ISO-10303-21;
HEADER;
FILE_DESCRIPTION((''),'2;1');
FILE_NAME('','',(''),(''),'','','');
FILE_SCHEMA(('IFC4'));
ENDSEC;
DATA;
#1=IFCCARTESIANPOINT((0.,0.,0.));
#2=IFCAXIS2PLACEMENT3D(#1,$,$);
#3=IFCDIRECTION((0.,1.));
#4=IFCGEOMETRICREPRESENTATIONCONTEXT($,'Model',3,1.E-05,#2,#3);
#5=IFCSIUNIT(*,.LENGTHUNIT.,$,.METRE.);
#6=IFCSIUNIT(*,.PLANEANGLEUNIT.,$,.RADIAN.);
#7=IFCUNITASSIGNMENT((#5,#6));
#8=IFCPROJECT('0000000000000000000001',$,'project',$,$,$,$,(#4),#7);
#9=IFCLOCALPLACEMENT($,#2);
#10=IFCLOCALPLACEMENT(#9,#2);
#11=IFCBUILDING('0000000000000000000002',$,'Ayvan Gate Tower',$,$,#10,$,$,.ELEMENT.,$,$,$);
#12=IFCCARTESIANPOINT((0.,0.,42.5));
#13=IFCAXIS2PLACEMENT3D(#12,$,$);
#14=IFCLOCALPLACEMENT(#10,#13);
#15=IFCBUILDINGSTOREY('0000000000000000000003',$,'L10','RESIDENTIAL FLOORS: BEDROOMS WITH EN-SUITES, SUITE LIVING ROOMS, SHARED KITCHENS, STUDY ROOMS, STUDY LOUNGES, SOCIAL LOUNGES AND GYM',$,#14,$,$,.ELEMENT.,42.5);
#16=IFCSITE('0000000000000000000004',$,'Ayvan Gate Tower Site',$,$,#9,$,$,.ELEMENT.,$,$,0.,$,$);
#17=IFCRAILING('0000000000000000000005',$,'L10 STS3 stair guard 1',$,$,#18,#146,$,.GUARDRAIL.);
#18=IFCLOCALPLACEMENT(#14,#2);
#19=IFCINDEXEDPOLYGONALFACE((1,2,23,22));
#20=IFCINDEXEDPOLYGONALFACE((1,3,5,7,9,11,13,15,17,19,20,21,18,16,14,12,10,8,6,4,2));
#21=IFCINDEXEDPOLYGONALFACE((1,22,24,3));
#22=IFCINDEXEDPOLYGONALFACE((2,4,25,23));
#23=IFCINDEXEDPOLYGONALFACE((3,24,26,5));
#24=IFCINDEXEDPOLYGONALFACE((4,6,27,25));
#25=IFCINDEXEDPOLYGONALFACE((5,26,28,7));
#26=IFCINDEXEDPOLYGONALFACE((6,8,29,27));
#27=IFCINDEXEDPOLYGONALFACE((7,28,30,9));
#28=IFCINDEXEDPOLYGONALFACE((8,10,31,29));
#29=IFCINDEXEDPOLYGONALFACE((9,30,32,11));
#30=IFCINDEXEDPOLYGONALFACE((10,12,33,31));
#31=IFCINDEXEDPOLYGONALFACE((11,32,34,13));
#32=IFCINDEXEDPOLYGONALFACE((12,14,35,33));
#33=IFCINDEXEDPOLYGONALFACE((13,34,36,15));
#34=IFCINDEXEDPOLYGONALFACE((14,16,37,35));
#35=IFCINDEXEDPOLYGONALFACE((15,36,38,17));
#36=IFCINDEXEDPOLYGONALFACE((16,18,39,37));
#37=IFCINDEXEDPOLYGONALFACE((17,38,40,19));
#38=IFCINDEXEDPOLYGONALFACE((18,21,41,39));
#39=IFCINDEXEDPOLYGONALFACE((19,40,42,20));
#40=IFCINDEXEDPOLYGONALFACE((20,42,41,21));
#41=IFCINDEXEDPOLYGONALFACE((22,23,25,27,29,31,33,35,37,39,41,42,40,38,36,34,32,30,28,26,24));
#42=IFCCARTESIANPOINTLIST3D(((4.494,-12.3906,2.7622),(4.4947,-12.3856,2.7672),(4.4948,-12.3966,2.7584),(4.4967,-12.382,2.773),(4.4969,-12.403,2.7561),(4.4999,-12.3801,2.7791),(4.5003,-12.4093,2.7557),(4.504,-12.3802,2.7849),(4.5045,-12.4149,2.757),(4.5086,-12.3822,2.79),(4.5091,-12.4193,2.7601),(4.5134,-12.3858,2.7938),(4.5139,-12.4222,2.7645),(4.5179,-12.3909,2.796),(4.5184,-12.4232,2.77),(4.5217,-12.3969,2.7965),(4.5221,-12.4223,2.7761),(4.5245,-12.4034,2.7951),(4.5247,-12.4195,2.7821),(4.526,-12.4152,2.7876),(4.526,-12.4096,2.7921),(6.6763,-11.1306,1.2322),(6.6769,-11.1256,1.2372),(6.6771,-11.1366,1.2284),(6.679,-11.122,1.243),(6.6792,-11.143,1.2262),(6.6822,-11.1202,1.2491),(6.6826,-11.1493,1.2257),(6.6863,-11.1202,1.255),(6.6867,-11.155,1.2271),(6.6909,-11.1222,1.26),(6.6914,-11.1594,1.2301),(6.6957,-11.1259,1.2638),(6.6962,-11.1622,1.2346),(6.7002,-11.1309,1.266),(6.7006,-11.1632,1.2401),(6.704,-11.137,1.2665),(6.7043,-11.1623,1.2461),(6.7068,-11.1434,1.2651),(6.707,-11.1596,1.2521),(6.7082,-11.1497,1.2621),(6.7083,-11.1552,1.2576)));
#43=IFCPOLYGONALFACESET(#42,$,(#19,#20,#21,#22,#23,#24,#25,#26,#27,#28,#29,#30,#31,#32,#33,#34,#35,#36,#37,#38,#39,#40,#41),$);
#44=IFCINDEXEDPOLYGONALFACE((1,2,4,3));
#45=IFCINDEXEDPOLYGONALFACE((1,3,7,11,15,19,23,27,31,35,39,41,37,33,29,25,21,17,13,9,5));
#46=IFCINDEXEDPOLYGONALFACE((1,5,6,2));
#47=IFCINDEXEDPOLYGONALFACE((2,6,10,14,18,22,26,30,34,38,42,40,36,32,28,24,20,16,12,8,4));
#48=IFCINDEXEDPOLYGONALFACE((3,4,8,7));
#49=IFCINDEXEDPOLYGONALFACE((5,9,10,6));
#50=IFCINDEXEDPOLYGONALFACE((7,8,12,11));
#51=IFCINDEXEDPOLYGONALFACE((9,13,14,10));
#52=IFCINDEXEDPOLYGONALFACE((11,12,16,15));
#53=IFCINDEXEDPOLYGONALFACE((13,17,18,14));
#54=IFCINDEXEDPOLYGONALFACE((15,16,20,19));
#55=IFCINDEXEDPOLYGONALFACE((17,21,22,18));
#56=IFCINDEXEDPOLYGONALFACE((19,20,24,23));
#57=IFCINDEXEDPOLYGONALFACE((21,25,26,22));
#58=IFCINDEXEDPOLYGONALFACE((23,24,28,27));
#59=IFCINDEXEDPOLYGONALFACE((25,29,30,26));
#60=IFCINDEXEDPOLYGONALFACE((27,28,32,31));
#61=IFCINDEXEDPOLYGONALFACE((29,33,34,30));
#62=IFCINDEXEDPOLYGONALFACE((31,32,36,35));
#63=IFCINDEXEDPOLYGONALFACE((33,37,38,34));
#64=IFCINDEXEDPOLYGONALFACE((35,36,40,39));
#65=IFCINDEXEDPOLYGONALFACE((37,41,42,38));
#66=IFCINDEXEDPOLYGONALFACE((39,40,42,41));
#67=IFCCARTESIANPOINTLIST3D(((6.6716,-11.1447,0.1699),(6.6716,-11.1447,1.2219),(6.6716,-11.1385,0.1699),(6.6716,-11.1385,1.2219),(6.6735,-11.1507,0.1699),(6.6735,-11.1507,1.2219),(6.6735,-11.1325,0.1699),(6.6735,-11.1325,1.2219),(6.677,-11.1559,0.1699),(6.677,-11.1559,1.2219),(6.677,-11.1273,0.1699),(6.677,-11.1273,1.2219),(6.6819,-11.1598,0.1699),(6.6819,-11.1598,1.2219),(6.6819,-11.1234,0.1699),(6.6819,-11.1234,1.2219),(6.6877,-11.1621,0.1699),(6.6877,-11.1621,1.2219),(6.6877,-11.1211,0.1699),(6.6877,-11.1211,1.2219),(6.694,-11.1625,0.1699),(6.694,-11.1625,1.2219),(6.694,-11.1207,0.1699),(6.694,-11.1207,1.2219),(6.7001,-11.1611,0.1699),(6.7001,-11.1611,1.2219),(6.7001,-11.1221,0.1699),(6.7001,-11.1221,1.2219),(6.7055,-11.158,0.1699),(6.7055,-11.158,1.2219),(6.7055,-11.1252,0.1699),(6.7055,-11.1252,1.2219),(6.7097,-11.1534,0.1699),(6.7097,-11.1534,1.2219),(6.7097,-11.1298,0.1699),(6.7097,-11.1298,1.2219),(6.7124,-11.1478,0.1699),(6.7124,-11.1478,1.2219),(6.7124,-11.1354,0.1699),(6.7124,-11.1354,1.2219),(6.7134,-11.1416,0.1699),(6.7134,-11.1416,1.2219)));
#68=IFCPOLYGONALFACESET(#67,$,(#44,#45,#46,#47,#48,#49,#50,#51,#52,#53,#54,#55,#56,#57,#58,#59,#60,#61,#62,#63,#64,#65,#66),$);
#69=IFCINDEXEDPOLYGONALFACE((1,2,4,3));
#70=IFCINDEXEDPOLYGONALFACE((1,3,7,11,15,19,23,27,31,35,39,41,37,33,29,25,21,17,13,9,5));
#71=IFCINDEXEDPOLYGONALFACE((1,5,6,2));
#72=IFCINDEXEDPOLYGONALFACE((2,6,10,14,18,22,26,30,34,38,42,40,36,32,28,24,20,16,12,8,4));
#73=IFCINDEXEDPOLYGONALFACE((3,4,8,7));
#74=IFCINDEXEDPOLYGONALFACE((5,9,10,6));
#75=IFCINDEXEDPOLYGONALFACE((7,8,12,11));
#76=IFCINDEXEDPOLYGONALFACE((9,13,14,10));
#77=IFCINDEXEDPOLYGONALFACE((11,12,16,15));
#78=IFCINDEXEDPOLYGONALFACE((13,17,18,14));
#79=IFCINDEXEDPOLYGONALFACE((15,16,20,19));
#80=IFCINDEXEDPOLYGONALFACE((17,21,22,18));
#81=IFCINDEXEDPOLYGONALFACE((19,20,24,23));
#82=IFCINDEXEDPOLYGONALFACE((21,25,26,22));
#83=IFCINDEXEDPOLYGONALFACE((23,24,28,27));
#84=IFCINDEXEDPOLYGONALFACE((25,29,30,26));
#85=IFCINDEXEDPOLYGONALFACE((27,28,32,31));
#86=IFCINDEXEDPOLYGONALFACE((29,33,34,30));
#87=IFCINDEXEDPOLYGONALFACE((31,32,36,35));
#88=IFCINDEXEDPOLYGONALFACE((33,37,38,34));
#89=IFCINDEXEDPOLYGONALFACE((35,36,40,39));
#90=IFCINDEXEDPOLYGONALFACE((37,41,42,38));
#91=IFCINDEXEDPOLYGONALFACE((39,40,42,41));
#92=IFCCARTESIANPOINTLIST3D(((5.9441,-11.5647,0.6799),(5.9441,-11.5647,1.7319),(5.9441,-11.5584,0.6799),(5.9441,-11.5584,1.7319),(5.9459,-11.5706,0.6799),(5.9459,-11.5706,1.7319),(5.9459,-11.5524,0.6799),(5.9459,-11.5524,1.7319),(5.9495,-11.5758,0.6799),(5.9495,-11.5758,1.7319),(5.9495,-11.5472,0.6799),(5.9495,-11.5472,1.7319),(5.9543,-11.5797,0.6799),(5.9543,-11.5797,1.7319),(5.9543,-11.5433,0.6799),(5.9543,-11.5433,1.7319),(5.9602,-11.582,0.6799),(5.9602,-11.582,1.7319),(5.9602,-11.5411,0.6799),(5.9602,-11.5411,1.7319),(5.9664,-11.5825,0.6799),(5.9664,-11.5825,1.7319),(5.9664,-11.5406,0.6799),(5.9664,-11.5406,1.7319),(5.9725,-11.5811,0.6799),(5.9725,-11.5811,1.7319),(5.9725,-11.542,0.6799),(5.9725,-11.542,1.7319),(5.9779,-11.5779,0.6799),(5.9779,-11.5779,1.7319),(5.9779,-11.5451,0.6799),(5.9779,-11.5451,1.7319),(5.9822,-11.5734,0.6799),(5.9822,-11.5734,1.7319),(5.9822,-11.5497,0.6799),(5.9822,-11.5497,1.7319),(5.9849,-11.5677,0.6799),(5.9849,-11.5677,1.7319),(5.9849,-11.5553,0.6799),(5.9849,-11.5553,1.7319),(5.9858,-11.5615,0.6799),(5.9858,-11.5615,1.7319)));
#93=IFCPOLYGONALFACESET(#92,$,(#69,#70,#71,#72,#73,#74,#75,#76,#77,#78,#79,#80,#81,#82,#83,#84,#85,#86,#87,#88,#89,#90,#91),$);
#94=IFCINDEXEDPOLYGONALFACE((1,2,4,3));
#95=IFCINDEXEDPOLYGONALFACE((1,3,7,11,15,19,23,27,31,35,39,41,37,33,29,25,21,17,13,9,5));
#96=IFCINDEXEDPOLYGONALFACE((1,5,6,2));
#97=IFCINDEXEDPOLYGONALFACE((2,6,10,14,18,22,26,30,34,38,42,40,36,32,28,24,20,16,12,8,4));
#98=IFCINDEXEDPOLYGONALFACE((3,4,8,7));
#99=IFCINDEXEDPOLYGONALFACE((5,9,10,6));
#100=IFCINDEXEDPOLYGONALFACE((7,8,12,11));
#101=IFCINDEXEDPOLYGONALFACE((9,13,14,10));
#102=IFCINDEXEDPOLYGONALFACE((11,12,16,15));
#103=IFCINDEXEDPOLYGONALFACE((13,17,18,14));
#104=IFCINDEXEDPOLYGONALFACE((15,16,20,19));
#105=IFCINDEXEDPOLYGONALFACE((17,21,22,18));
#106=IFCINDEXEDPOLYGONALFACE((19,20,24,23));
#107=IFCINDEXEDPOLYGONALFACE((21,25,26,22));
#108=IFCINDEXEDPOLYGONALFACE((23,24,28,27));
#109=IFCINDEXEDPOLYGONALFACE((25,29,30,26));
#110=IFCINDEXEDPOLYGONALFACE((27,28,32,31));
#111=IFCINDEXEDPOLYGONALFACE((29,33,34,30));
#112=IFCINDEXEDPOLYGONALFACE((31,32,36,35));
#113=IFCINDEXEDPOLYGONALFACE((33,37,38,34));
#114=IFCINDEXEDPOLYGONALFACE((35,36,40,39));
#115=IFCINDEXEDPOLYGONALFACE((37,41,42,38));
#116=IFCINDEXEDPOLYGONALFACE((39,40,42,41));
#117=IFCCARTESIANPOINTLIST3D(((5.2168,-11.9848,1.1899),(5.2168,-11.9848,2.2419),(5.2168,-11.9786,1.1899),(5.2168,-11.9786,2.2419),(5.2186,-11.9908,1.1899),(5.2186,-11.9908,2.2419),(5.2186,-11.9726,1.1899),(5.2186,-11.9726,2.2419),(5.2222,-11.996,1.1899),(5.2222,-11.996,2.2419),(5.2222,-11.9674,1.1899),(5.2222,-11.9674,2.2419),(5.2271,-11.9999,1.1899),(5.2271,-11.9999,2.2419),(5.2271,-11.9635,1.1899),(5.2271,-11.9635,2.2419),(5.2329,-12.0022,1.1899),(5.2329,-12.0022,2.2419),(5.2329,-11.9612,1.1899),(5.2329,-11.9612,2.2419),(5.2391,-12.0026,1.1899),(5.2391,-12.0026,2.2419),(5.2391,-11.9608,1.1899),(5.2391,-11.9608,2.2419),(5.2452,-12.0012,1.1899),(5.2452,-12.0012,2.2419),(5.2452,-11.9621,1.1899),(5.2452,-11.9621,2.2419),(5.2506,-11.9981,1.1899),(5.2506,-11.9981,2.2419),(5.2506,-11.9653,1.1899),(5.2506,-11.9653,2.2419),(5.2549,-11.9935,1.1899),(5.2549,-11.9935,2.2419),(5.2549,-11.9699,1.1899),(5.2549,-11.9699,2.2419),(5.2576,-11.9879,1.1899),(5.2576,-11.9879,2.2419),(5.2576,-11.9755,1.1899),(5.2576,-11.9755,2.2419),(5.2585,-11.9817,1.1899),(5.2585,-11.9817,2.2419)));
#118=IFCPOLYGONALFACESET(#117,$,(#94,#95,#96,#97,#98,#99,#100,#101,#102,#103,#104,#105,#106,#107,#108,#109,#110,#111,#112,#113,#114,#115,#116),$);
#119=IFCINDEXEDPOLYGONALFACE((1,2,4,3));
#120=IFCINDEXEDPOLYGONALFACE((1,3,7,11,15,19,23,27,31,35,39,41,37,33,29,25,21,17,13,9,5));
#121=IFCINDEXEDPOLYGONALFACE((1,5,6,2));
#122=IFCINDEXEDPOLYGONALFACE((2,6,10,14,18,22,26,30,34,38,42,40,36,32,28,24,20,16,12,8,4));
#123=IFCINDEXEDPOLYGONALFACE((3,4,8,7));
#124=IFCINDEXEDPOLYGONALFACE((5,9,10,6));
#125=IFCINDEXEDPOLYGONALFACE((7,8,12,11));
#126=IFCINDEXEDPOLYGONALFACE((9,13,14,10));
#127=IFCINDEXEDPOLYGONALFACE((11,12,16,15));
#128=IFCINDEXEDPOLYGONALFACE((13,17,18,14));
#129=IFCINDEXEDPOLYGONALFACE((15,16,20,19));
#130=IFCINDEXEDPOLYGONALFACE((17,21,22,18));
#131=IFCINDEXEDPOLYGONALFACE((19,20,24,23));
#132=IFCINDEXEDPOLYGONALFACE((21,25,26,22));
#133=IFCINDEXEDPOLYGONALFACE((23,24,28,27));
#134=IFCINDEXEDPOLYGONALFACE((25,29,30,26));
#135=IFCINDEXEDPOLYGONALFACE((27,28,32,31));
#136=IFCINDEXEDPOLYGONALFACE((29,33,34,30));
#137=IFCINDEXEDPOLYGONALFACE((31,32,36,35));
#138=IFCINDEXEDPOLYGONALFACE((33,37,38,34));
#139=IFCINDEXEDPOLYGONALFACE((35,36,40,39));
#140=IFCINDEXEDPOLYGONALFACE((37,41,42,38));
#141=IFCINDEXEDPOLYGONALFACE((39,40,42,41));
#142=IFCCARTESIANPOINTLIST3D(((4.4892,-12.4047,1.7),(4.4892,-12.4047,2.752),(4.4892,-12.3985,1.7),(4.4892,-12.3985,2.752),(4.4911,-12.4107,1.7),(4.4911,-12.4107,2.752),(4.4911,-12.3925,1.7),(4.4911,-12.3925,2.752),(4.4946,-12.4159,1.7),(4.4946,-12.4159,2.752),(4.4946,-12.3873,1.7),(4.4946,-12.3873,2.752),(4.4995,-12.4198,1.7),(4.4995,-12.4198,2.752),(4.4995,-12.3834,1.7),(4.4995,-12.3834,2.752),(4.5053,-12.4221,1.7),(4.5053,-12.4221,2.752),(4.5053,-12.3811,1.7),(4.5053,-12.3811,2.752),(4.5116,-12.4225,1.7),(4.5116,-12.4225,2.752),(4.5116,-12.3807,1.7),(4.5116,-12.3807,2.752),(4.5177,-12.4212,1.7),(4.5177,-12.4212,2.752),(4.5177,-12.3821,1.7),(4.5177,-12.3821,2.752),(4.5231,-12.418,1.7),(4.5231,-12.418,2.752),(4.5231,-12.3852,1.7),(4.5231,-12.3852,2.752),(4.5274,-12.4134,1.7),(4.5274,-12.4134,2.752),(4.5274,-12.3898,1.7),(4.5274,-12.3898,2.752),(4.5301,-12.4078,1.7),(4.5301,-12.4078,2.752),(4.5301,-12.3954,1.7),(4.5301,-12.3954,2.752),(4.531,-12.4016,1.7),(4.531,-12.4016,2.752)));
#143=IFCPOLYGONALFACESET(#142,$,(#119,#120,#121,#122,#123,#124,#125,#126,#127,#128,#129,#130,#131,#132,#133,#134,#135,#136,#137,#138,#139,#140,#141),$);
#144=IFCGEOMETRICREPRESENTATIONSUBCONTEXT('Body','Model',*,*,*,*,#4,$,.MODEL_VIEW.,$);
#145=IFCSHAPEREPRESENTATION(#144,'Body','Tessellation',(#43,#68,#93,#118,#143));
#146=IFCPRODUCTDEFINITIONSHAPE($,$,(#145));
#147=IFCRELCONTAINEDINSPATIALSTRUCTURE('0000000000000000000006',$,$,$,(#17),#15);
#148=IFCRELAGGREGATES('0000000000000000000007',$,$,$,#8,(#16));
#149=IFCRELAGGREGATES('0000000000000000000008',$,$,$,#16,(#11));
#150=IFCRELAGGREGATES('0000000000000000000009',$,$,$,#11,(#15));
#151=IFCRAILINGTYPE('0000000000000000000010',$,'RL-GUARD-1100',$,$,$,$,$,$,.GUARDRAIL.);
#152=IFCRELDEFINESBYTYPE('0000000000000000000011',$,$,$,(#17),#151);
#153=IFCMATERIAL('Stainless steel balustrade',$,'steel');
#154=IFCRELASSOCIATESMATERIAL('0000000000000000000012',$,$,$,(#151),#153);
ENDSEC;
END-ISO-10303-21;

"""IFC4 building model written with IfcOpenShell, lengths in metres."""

from ifc_helpers import new_model, si_unit, direction, frame, origin, origin_2d, place, context, subcontext, project, spatial, circle, extrude, material, type_object, element, save


model = new_model("IFC4")

# Units and contexts
model_context = context("Model", 3, precision=1e-05, world=origin(), true_north=direction((0.0, 1.0)))
body_context = subcontext(model_context, "Body", "Model", "MODEL_VIEW")
ifc_project = project(units=[si_unit("LENGTHUNIT", "METRE"), si_unit("PLANEANGLEUNIT", "RADIAN")], contexts=[model_context])

# Site, building, storey
site_placement = place(None, origin())
site = spatial("IfcSite", under=ifc_project, at=site_placement, Name="Ayvan Gate Tower Site", CompositionType="ELEMENT", RefElevation=0.0)
building_placement = place(site_placement, origin())
building = spatial("IfcBuilding", under=site, at=building_placement, Name="Ayvan Gate Tower", CompositionType="ELEMENT")
storey_placement = place(building_placement, frame((0.0, 0.0, 42.5)))
storey = spatial("IfcBuildingStorey", under=building, at=storey_placement, Name="L10", Description="RESIDENTIAL FLOORS: BEDROOMS WITH EN-SUITES, SUITE LIVING ROOMS, SHARED KITCHENS, STUDY ROOMS, STUDY LOUNGES, SOCIAL LOUNGES AND GYM", CompositionType="ELEMENT", Elevation=42.5)

# Railing
ifc_material_1 = material(Name="Stainless steel balustrade", Category="steel")
railing_type_1 = type_object("IfcRailingType", Name="RL-GUARD-1100", PredefinedType="GUARDRAIL", material=ifc_material_1)
railing_1_placement = place(storey_placement, frame((6.6924, -11.1416, 0.1699)))
element("IfcRailing", 1, at=railing_1_placement, inside=storey, type_object=railing_type_1, Name="L10 STS3 stair guard 1", PredefinedType="GUARDRAIL", context=body_context, shape_type="SweptSolid", body=[
    extrude(circle(Radius=0.0239, at=origin_2d()), frame((0.0, 0.0, 1.0762), z_axis=(-0.740261, -0.427395, 0.518986), x_axis=(0.500005, -0.866023, 0.0)), (0.0, 0.0, 1.0), 2.948),
    extrude(circle(Radius=0.021, at=origin_2d()), origin(), (0.0, 0.0, 1.0), 1.052),
    extrude(circle(Radius=0.021, at=origin_2d()), frame((-0.7275, -0.4199, 0.51)), (0.0, 0.0, 1.0), 1.052),
    extrude(circle(Radius=0.021, at=origin_2d()), frame((-1.4548, -0.8401, 1.02)), (0.0, 0.0, 1.0), 1.052),
    extrude(circle(Radius=0.021, at=origin_2d()), frame((-2.1824, -1.26, 1.53)), (0.0, 0.0, 1.0), 1.052),
])

save(model, "model.ifc")
